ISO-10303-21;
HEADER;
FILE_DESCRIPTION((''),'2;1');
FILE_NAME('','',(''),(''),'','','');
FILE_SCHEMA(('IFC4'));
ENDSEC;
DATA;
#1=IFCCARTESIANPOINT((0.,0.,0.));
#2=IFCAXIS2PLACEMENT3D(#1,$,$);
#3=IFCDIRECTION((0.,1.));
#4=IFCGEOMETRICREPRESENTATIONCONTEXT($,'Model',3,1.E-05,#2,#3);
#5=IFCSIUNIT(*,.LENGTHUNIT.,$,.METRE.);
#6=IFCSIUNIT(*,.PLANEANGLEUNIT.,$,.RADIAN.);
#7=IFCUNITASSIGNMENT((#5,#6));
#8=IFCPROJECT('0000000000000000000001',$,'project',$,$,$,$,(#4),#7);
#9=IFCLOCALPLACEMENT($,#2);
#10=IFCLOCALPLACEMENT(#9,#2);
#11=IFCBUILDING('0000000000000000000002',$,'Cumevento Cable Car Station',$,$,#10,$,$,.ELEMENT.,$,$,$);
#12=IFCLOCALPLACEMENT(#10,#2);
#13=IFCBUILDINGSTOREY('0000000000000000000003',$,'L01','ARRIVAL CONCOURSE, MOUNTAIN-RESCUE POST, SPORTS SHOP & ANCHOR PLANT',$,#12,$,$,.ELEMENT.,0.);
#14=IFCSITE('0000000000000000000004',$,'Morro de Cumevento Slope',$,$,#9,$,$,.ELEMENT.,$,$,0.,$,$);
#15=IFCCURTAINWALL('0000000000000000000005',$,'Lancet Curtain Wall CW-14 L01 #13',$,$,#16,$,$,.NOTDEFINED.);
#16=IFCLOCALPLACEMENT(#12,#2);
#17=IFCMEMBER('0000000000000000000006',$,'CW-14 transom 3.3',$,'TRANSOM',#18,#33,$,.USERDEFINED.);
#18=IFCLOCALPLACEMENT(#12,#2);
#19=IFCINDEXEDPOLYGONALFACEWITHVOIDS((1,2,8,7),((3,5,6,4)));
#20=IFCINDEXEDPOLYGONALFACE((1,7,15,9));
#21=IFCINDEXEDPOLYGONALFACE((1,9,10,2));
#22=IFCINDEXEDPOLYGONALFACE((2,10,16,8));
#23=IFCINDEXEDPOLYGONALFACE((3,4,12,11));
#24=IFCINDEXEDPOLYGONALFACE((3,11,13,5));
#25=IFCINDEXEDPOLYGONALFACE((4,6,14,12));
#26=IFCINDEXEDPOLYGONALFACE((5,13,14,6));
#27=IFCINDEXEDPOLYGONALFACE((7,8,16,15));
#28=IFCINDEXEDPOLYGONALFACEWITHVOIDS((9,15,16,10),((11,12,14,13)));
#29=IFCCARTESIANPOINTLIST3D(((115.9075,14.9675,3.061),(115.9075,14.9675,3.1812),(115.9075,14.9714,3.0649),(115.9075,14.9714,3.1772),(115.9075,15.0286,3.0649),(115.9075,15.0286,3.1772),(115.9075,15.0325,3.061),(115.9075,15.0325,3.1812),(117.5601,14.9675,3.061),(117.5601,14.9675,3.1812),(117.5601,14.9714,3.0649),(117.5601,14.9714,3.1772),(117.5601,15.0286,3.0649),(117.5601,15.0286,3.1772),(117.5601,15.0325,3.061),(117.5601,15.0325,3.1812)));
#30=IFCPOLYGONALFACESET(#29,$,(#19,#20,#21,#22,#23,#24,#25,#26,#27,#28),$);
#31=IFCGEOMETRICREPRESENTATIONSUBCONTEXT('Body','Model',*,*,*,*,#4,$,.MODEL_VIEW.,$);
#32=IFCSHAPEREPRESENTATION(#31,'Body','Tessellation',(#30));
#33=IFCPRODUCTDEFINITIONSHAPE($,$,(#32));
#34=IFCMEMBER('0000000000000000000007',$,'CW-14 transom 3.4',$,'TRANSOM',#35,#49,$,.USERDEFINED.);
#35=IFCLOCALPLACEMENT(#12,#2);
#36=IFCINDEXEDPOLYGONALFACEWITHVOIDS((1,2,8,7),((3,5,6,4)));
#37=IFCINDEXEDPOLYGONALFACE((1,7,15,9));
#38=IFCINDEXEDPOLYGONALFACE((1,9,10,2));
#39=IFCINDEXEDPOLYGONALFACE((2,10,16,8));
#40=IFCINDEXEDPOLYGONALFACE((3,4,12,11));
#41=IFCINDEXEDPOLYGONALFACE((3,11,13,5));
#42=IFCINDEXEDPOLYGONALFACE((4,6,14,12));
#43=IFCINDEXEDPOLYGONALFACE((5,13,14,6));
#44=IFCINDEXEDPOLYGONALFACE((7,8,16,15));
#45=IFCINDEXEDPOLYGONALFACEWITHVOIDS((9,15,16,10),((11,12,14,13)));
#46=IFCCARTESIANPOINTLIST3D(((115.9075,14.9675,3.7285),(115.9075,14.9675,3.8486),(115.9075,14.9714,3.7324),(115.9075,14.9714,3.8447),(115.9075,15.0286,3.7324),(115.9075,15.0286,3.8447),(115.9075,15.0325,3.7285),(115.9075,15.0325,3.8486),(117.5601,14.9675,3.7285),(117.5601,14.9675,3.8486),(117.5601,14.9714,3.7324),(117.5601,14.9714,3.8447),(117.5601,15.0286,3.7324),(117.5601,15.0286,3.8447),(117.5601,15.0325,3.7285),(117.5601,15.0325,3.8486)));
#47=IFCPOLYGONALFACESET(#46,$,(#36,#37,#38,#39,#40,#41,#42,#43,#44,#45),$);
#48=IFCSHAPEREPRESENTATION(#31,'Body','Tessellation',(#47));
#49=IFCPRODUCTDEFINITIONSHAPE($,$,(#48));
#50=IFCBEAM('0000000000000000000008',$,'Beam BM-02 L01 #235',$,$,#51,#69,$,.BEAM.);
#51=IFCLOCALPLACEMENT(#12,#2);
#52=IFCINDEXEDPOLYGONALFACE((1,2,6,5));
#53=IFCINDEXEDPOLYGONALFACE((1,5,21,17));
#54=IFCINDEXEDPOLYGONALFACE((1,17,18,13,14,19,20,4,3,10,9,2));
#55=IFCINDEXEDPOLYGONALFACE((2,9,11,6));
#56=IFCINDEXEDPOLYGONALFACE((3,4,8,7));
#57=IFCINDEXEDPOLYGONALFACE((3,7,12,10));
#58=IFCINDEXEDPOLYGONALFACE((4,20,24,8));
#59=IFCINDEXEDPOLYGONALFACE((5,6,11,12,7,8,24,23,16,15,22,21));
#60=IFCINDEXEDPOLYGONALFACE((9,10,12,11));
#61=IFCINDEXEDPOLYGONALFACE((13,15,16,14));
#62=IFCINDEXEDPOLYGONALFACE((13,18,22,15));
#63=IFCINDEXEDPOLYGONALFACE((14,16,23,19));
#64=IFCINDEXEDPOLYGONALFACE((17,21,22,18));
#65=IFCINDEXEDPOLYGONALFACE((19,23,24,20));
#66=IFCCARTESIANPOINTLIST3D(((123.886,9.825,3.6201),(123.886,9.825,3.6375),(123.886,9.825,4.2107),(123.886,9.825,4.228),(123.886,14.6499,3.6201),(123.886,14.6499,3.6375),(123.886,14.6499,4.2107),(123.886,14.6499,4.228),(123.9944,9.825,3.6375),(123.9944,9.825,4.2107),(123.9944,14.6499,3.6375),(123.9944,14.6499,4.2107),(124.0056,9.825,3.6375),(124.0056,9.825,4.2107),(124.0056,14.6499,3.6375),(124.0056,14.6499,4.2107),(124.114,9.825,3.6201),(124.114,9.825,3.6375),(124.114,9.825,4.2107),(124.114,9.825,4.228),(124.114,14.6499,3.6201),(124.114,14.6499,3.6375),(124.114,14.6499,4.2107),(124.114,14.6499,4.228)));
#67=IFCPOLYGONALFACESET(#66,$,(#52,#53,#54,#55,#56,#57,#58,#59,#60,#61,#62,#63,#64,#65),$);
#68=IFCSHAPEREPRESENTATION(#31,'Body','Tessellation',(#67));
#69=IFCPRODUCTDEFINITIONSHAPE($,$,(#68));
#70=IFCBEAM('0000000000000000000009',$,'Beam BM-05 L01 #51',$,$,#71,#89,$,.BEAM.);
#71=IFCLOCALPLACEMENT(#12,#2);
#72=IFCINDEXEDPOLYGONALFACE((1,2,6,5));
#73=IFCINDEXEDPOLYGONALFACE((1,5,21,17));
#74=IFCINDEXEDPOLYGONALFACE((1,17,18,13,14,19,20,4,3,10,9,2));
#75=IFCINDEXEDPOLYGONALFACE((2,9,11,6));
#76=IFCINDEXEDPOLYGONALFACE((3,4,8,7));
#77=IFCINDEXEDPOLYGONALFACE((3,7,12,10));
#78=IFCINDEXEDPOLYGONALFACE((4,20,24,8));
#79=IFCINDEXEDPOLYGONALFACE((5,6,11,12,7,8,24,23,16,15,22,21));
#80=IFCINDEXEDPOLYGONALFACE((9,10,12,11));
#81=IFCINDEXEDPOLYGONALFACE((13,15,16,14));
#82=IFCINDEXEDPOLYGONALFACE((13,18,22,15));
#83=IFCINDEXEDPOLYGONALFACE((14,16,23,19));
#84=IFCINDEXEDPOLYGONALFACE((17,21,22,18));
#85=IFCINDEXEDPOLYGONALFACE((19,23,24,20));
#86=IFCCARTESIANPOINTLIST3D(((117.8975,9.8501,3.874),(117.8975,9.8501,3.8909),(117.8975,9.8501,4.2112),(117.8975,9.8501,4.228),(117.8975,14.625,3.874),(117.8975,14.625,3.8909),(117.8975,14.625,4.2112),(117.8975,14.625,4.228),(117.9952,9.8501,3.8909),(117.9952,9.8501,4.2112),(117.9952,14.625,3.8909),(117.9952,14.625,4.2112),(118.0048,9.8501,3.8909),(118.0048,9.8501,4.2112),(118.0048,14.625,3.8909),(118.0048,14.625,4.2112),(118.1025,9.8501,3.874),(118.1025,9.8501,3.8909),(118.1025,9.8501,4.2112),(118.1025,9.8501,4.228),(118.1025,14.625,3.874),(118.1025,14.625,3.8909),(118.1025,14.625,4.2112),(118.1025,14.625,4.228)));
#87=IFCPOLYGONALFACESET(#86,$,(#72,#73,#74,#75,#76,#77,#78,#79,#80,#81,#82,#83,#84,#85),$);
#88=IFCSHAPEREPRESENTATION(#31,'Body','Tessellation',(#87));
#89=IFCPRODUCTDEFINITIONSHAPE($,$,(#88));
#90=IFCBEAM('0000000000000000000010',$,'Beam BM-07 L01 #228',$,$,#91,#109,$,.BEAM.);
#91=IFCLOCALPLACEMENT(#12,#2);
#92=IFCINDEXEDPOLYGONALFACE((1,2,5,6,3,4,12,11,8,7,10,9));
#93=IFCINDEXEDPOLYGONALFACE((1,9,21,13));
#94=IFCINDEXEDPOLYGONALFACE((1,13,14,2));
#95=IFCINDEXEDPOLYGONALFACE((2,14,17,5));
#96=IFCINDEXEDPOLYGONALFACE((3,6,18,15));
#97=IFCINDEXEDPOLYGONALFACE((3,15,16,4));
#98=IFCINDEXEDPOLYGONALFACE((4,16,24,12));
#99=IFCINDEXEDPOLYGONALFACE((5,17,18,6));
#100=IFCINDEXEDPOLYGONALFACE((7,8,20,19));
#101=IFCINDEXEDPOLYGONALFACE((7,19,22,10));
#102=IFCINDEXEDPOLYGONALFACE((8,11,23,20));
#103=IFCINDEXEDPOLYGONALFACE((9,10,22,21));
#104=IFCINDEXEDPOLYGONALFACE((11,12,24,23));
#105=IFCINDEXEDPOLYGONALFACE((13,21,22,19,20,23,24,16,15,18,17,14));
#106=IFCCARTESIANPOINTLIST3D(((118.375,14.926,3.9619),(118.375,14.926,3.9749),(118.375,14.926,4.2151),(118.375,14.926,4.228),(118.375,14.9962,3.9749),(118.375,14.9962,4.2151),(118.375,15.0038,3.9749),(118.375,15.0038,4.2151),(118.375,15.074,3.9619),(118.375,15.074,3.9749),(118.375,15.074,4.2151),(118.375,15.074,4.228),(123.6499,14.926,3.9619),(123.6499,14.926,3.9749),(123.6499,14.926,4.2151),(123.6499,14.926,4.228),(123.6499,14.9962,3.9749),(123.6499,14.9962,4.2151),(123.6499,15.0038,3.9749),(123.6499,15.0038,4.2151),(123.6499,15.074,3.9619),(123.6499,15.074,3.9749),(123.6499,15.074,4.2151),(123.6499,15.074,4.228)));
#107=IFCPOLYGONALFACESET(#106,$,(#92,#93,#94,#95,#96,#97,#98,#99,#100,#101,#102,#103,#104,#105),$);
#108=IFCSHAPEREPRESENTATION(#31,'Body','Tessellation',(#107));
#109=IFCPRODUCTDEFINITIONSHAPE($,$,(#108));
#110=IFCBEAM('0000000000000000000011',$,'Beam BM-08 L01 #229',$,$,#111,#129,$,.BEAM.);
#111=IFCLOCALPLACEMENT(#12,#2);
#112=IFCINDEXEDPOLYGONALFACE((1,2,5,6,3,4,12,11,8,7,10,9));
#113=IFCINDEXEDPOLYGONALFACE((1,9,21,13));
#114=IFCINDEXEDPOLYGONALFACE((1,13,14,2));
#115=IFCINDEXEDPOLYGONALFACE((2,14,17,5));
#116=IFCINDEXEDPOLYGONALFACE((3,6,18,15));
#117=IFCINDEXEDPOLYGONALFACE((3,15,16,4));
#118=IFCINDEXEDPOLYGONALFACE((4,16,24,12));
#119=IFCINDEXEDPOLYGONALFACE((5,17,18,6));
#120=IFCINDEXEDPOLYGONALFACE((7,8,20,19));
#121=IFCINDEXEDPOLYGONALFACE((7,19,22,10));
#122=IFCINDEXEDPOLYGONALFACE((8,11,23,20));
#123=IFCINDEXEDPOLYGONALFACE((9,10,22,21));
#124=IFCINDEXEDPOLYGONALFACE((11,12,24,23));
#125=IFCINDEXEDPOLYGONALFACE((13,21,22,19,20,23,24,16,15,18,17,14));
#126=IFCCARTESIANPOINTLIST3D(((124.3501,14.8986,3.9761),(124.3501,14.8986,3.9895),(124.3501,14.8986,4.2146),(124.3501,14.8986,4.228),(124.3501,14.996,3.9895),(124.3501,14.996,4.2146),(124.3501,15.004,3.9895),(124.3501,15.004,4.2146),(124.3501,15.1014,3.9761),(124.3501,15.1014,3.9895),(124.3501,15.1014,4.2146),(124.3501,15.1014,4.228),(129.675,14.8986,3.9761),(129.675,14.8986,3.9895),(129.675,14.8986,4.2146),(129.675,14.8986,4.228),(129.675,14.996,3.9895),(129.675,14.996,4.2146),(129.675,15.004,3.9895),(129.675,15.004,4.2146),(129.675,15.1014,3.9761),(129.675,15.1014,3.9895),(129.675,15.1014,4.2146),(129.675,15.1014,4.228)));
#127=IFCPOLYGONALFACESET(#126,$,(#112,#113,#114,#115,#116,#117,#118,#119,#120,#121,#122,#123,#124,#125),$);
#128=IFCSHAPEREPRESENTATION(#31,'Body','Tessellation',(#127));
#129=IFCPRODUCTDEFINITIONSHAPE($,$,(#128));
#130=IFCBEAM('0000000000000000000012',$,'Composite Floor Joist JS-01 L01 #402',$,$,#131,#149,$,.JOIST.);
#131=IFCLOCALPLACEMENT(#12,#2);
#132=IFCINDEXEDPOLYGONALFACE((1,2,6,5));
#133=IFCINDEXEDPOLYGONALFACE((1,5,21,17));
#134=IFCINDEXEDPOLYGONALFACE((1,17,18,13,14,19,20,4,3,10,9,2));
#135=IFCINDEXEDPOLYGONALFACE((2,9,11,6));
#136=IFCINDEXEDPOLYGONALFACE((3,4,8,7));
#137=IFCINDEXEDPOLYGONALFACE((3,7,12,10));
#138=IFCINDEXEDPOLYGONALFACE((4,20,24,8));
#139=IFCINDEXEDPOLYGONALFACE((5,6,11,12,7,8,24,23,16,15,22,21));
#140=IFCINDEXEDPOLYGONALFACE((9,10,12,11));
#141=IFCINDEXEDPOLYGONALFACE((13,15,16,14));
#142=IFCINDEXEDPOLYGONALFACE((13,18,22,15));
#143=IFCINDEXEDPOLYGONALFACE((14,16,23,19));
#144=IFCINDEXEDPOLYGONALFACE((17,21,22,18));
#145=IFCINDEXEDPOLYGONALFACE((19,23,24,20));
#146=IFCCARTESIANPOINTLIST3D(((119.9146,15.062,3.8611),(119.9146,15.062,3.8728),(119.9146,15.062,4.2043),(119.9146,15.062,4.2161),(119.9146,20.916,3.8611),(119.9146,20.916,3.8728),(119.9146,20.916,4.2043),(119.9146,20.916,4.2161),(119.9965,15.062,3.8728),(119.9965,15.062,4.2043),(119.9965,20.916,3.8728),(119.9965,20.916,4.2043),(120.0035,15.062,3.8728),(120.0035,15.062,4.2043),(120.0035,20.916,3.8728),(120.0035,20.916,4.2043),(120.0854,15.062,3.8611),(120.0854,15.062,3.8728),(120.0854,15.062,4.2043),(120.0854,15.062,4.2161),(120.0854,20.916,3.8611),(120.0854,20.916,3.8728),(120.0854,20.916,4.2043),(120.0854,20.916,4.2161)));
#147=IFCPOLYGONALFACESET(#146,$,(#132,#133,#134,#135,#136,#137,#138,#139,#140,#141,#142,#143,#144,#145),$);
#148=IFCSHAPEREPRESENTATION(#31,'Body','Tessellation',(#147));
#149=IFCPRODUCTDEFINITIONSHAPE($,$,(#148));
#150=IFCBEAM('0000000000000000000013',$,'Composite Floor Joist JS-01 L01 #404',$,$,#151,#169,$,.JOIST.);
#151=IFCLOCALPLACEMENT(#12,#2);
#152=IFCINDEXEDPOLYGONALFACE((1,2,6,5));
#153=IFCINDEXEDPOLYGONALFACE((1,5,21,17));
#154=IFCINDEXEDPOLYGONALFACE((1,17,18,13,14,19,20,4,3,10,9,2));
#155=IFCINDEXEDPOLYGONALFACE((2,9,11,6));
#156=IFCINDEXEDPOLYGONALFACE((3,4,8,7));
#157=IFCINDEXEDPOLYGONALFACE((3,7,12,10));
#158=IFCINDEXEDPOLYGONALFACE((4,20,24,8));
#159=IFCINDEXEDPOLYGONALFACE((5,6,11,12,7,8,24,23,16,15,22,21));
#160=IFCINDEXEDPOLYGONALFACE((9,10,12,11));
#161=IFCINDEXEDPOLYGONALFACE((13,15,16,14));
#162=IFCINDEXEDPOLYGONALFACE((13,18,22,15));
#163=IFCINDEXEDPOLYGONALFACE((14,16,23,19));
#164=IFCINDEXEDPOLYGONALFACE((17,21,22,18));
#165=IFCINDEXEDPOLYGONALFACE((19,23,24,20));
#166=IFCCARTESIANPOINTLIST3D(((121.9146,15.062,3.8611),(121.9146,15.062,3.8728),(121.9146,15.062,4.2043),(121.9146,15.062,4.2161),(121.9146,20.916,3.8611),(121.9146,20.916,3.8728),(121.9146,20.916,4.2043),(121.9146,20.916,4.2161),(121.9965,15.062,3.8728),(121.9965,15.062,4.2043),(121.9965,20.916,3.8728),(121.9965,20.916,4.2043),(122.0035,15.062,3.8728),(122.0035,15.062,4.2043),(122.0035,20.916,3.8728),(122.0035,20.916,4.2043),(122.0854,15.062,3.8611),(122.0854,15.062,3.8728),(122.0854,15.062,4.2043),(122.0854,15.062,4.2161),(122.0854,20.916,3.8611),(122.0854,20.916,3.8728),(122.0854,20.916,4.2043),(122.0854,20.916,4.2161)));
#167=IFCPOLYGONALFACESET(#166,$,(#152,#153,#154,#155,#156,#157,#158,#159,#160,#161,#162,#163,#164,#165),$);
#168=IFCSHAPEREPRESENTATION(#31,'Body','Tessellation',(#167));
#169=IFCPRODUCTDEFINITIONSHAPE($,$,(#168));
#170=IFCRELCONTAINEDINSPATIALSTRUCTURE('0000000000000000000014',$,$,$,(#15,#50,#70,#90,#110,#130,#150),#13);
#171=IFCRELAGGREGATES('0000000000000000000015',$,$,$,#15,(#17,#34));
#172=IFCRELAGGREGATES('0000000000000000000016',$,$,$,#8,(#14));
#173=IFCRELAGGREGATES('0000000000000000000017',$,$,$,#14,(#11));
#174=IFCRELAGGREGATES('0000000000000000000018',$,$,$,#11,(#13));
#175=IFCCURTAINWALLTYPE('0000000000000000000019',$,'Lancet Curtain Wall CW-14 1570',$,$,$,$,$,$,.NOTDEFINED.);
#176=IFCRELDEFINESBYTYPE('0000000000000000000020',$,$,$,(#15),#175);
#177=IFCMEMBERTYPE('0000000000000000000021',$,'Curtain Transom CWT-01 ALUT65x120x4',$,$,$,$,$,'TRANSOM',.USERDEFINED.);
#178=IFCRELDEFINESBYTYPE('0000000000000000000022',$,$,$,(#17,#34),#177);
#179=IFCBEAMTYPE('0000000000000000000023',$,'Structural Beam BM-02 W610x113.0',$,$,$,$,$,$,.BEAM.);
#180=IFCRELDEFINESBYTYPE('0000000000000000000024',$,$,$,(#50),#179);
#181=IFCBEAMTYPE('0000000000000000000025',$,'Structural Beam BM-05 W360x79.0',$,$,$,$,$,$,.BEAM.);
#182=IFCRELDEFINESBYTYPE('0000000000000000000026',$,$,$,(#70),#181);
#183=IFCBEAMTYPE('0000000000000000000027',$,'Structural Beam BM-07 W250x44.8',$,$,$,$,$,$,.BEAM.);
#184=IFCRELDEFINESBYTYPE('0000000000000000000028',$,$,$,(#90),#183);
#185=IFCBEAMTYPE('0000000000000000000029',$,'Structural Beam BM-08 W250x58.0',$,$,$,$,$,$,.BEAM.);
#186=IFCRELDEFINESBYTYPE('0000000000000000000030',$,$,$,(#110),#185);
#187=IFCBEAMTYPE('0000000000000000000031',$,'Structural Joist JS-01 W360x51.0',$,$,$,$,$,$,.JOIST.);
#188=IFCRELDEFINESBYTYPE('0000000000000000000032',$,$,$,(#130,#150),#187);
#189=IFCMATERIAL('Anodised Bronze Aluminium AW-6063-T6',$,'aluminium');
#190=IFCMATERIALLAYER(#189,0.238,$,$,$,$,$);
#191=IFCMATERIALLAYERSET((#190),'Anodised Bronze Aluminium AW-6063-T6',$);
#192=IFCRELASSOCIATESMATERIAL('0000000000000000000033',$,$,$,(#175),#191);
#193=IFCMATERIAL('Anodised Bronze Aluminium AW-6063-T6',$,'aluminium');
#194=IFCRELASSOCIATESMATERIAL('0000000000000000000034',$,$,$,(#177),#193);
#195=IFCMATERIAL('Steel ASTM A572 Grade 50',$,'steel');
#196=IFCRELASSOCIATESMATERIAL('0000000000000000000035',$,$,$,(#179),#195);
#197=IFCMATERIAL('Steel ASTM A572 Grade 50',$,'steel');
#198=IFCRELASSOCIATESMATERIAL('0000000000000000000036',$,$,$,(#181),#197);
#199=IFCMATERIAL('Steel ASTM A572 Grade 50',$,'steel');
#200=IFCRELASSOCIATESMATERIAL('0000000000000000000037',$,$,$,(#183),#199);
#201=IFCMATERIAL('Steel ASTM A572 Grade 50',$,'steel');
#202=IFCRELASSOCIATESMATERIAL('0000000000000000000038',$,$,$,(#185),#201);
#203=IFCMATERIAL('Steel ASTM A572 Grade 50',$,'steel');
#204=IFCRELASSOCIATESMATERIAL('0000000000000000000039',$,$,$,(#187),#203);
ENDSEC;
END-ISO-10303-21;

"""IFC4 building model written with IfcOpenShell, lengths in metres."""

from ifc_helpers import new_model, si_unit, direction, frame, origin, origin_2d, place, context, subcontext, project, spatial, hollow_rectangle, i_section, extrude, material, layer, layer_set, material_profile, profile_set, type_object, element, aggregate, save


model = new_model("IFC4")

# Units and contexts
model_context = context("Model", 3, precision=1e-05, world=origin(), true_north=direction((0.0, 1.0)))
body_context = subcontext(model_context, "Body", "Model", "MODEL_VIEW")
ifc_project = project(units=[si_unit("LENGTHUNIT", "METRE"), si_unit("PLANEANGLEUNIT", "RADIAN")], contexts=[model_context])

# Site, building, storey
site_placement = place(None, origin())
site = spatial("IfcSite", under=ifc_project, at=site_placement, Name="Morro de Cumevento Slope", CompositionType="ELEMENT", RefElevation=0.0)
building_placement = place(site_placement, origin())
building = spatial("IfcBuilding", under=site, at=building_placement, Name="Cumevento Cable Car Station", CompositionType="ELEMENT")
storey_placement = place(building_placement, origin())
storey = spatial("IfcBuildingStorey", under=building, at=storey_placement, Name="L01", Description="ARRIVAL CONCOURSE, MOUNTAIN-RESCUE POST, SPORTS SHOP & ANCHOR PLANT", CompositionType="ELEMENT", Elevation=0.0)

# Curtain wall, members
ifc_material_1 = material(Name="Anodised Bronze Aluminium AW-6063-T6", Category="aluminium")
ifc_layer_1 = layer(ifc_material_1, 0.238)
ifc_layer_set_1 = layer_set([ifc_layer_1], Name="Anodised Bronze Aluminium AW-6063-T6")
curtain_wall_type = type_object("IfcCurtainWallType", Name="Lancet Curtain Wall CW-14 1570", PredefinedType="NOTDEFINED", material=ifc_layer_set_1)
curtain_wall_placement = place(storey_placement, origin())
curtain_wall = element("IfcCurtainWall", 1, at=curtain_wall_placement, inside=storey, type_object=curtain_wall_type, Name="Lancet Curtain Wall CW-14 L01 #13", PredefinedType="NOTDEFINED")
ifc_material_2 = material(Name="Anodised Bronze Aluminium AW-6063-T6", Category="aluminium")
ifc_material_profile_1 = material_profile(ifc_material_2, hollow_rectangle(XDim=0.0649, YDim=0.1201, WallThickness=0.0039, at=origin_2d()), Name="ALUT65x120x4")
ifc_profile_set_1 = profile_set([ifc_material_profile_1], Name="Anodised Bronze Aluminium AW-6063-T6")
member_type = type_object("IfcMemberType", Name="Curtain Transom CWT-01 ALUT65x120x4", ElementType="TRANSOM", PredefinedType="USERDEFINED", material=ifc_profile_set_1)
member_1_placement = place(storey_placement, frame((115.9075, 15.0, 3.1211), z_axis=(1.0, 0.0, 0.0), x_axis=(0.0, 1.0, 0.0)))
member_1 = element("IfcMember", 2, at=member_1_placement, type_object=member_type, Name="CW-14 transom 3.3", ObjectType="TRANSOM", PredefinedType="USERDEFINED", context=body_context, shape_type="SweptSolid", body=[
    extrude(hollow_rectangle(XDim=0.0649, YDim=0.1201, WallThickness=0.0039, at=origin_2d()), origin(), (0.0, 0.0, 1.0), 1.6526),
])
member_2_placement = place(storey_placement, frame((115.9075, 15.0, 3.7886), z_axis=(1.0, 0.0, 0.0), x_axis=(0.0, 1.0, 0.0)))
member_2 = element("IfcMember", 3, at=member_2_placement, type_object=member_type, Name="CW-14 transom 3.4", ObjectType="TRANSOM", PredefinedType="USERDEFINED", context=body_context, shape_type="SweptSolid", body=[
    extrude(hollow_rectangle(XDim=0.0649, YDim=0.1201, WallThickness=0.0039, at=origin_2d()), origin(), (0.0, 0.0, 1.0), 1.6526),
])

# Beams
ifc_material_3 = material(Name="Steel ASTM A572 Grade 50", Category="steel")
ifc_material_profile_2 = material_profile(ifc_material_3, i_section(OverallWidth=0.228, OverallDepth=0.6079, WebThickness=0.0112, FlangeThickness=0.0173, at=origin_2d()), Name="W610x113.0")
ifc_profile_set_2 = profile_set([ifc_material_profile_2], Name="Steel ASTM A572 Grade 50")
beam_type_1 = type_object("IfcBeamType", Name="Structural Beam BM-02 W610x113.0", PredefinedType="BEAM", material=ifc_profile_set_2)
beam_1_placement = place(storey_placement, frame((124.0, 9.825, 3.9241), z_axis=(0.0, 1.0, 0.0), x_axis=(-1.0, 0.0, 0.0)))
element("IfcBeam", 4, at=beam_1_placement, inside=storey, type_object=beam_type_1, Name="Beam BM-02 L01 #235", PredefinedType="BEAM", context=body_context, shape_type="SweptSolid", body=[
    extrude(i_section(OverallWidth=0.228, OverallDepth=0.6079, WebThickness=0.0112, FlangeThickness=0.0173, at=origin_2d()), origin(), (0.0, 0.0, 1.0), 4.825),
])
ifc_material_4 = material(Name="Steel ASTM A572 Grade 50", Category="steel")
ifc_material_profile_3 = material_profile(ifc_material_4, i_section(OverallWidth=0.2051, OverallDepth=0.354, WebThickness=0.0095, FlangeThickness=0.0168, at=origin_2d()), Name="W360x79.0")
ifc_profile_set_3 = profile_set([ifc_material_profile_3], Name="Steel ASTM A572 Grade 50")
beam_type_2 = type_object("IfcBeamType", Name="Structural Beam BM-05 W360x79.0", PredefinedType="BEAM", material=ifc_profile_set_3)
beam_2_placement = place(storey_placement, frame((118.0, 9.8501, 4.051), z_axis=(0.0, 1.0, 0.0), x_axis=(-1.0, 0.0, 0.0)))
element("IfcBeam", 5, at=beam_2_placement, inside=storey, type_object=beam_type_2, Name="Beam BM-05 L01 #51", PredefinedType="BEAM", context=body_context, shape_type="SweptSolid", body=[
    extrude(i_section(OverallWidth=0.2051, OverallDepth=0.354, WebThickness=0.0095, FlangeThickness=0.0168, at=origin_2d()), origin(), (0.0, 0.0, 1.0), 4.7749),
])
ifc_material_5 = material(Name="Steel ASTM A572 Grade 50", Category="steel")
ifc_material_profile_4 = material_profile(ifc_material_5, i_section(OverallWidth=0.1479, OverallDepth=0.2661, WebThickness=0.0076, FlangeThickness=0.0129, at=origin_2d()), Name="W250x44.8")
ifc_profile_set_4 = profile_set([ifc_material_profile_4], Name="Steel ASTM A572 Grade 50")
beam_type_3 = type_object("IfcBeamType", Name="Structural Beam BM-07 W250x44.8", PredefinedType="BEAM", material=ifc_profile_set_4)
beam_3_placement = place(storey_placement, frame((118.375, 15.0, 4.095), z_axis=(1.0, 0.0, 0.0), x_axis=(0.0, 1.0, 0.0)))
element("IfcBeam", 6, at=beam_3_placement, inside=storey, type_object=beam_type_3, Name="Beam BM-07 L01 #228", PredefinedType="BEAM", context=body_context, shape_type="SweptSolid", body=[
    extrude(i_section(OverallWidth=0.1479, OverallDepth=0.2661, WebThickness=0.0076, FlangeThickness=0.0129, at=origin_2d()), origin(), (0.0, 0.0, 1.0), 5.2749),
])
ifc_material_6 = material(Name="Steel ASTM A572 Grade 50", Category="steel")
ifc_material_profile_5 = material_profile(ifc_material_6, i_section(OverallWidth=0.2029, OverallDepth=0.252, WebThickness=0.0081, FlangeThickness=0.0134, at=origin_2d()), Name="W250x58.0")
ifc_profile_set_5 = profile_set([ifc_material_profile_5], Name="Steel ASTM A572 Grade 50")
beam_type_4 = type_object("IfcBeamType", Name="Structural Beam BM-08 W250x58.0", PredefinedType="BEAM", material=ifc_profile_set_5)
beam_4_placement = place(storey_placement, frame((124.3501, 15.0, 4.1021), z_axis=(1.0, 0.0, 0.0), x_axis=(0.0, 1.0, 0.0)))
element("IfcBeam", 7, at=beam_4_placement, inside=storey, type_object=beam_type_4, Name="Beam BM-08 L01 #229", PredefinedType="BEAM", context=body_context, shape_type="SweptSolid", body=[
    extrude(i_section(OverallWidth=0.2029, OverallDepth=0.252, WebThickness=0.0081, FlangeThickness=0.0134, at=origin_2d()), origin(), (0.0, 0.0, 1.0), 5.325),
])
ifc_material_7 = material(Name="Steel ASTM A572 Grade 50", Category="steel")
ifc_material_profile_6 = material_profile(ifc_material_7, i_section(OverallWidth=0.1709, OverallDepth=0.355, WebThickness=0.0071, FlangeThickness=0.0117, at=origin_2d()), Name="W360x51.0")
ifc_profile_set_6 = profile_set([ifc_material_profile_6], Name="Steel ASTM A572 Grade 50")
beam_type_5 = type_object("IfcBeamType", Name="Structural Joist JS-01 W360x51.0", PredefinedType="JOIST", material=ifc_profile_set_6)
for number, where, z_axis, x_axis, name in (
    (8, (120.0, 15.062, 4.0386), (0.0, 1.0, 0.0), (-1.0, 0.0, 0.0), "Composite Floor Joist JS-01 L01 #402"),
    (9, (122.0, 15.062, 4.0386), (0.0, 1.0, 0.0), (-1.0, 0.0, 0.0), "Composite Floor Joist JS-01 L01 #404"),
):
    element("IfcBeam", number, at=place(storey_placement, frame(where, z_axis=z_axis, x_axis=x_axis)), inside=storey, type_object=beam_type_5, Name=name, PredefinedType="JOIST", context=body_context, shape_type="SweptSolid", body=[
        extrude(i_section(OverallWidth=0.1709, OverallDepth=0.355, WebThickness=0.0071, FlangeThickness=0.0117, at=origin_2d()), origin(), (0.0, 0.0, 1.0), 5.854),
    ])

aggregate(curtain_wall, [member_1, member_2])

save(model, "model.ifc")
